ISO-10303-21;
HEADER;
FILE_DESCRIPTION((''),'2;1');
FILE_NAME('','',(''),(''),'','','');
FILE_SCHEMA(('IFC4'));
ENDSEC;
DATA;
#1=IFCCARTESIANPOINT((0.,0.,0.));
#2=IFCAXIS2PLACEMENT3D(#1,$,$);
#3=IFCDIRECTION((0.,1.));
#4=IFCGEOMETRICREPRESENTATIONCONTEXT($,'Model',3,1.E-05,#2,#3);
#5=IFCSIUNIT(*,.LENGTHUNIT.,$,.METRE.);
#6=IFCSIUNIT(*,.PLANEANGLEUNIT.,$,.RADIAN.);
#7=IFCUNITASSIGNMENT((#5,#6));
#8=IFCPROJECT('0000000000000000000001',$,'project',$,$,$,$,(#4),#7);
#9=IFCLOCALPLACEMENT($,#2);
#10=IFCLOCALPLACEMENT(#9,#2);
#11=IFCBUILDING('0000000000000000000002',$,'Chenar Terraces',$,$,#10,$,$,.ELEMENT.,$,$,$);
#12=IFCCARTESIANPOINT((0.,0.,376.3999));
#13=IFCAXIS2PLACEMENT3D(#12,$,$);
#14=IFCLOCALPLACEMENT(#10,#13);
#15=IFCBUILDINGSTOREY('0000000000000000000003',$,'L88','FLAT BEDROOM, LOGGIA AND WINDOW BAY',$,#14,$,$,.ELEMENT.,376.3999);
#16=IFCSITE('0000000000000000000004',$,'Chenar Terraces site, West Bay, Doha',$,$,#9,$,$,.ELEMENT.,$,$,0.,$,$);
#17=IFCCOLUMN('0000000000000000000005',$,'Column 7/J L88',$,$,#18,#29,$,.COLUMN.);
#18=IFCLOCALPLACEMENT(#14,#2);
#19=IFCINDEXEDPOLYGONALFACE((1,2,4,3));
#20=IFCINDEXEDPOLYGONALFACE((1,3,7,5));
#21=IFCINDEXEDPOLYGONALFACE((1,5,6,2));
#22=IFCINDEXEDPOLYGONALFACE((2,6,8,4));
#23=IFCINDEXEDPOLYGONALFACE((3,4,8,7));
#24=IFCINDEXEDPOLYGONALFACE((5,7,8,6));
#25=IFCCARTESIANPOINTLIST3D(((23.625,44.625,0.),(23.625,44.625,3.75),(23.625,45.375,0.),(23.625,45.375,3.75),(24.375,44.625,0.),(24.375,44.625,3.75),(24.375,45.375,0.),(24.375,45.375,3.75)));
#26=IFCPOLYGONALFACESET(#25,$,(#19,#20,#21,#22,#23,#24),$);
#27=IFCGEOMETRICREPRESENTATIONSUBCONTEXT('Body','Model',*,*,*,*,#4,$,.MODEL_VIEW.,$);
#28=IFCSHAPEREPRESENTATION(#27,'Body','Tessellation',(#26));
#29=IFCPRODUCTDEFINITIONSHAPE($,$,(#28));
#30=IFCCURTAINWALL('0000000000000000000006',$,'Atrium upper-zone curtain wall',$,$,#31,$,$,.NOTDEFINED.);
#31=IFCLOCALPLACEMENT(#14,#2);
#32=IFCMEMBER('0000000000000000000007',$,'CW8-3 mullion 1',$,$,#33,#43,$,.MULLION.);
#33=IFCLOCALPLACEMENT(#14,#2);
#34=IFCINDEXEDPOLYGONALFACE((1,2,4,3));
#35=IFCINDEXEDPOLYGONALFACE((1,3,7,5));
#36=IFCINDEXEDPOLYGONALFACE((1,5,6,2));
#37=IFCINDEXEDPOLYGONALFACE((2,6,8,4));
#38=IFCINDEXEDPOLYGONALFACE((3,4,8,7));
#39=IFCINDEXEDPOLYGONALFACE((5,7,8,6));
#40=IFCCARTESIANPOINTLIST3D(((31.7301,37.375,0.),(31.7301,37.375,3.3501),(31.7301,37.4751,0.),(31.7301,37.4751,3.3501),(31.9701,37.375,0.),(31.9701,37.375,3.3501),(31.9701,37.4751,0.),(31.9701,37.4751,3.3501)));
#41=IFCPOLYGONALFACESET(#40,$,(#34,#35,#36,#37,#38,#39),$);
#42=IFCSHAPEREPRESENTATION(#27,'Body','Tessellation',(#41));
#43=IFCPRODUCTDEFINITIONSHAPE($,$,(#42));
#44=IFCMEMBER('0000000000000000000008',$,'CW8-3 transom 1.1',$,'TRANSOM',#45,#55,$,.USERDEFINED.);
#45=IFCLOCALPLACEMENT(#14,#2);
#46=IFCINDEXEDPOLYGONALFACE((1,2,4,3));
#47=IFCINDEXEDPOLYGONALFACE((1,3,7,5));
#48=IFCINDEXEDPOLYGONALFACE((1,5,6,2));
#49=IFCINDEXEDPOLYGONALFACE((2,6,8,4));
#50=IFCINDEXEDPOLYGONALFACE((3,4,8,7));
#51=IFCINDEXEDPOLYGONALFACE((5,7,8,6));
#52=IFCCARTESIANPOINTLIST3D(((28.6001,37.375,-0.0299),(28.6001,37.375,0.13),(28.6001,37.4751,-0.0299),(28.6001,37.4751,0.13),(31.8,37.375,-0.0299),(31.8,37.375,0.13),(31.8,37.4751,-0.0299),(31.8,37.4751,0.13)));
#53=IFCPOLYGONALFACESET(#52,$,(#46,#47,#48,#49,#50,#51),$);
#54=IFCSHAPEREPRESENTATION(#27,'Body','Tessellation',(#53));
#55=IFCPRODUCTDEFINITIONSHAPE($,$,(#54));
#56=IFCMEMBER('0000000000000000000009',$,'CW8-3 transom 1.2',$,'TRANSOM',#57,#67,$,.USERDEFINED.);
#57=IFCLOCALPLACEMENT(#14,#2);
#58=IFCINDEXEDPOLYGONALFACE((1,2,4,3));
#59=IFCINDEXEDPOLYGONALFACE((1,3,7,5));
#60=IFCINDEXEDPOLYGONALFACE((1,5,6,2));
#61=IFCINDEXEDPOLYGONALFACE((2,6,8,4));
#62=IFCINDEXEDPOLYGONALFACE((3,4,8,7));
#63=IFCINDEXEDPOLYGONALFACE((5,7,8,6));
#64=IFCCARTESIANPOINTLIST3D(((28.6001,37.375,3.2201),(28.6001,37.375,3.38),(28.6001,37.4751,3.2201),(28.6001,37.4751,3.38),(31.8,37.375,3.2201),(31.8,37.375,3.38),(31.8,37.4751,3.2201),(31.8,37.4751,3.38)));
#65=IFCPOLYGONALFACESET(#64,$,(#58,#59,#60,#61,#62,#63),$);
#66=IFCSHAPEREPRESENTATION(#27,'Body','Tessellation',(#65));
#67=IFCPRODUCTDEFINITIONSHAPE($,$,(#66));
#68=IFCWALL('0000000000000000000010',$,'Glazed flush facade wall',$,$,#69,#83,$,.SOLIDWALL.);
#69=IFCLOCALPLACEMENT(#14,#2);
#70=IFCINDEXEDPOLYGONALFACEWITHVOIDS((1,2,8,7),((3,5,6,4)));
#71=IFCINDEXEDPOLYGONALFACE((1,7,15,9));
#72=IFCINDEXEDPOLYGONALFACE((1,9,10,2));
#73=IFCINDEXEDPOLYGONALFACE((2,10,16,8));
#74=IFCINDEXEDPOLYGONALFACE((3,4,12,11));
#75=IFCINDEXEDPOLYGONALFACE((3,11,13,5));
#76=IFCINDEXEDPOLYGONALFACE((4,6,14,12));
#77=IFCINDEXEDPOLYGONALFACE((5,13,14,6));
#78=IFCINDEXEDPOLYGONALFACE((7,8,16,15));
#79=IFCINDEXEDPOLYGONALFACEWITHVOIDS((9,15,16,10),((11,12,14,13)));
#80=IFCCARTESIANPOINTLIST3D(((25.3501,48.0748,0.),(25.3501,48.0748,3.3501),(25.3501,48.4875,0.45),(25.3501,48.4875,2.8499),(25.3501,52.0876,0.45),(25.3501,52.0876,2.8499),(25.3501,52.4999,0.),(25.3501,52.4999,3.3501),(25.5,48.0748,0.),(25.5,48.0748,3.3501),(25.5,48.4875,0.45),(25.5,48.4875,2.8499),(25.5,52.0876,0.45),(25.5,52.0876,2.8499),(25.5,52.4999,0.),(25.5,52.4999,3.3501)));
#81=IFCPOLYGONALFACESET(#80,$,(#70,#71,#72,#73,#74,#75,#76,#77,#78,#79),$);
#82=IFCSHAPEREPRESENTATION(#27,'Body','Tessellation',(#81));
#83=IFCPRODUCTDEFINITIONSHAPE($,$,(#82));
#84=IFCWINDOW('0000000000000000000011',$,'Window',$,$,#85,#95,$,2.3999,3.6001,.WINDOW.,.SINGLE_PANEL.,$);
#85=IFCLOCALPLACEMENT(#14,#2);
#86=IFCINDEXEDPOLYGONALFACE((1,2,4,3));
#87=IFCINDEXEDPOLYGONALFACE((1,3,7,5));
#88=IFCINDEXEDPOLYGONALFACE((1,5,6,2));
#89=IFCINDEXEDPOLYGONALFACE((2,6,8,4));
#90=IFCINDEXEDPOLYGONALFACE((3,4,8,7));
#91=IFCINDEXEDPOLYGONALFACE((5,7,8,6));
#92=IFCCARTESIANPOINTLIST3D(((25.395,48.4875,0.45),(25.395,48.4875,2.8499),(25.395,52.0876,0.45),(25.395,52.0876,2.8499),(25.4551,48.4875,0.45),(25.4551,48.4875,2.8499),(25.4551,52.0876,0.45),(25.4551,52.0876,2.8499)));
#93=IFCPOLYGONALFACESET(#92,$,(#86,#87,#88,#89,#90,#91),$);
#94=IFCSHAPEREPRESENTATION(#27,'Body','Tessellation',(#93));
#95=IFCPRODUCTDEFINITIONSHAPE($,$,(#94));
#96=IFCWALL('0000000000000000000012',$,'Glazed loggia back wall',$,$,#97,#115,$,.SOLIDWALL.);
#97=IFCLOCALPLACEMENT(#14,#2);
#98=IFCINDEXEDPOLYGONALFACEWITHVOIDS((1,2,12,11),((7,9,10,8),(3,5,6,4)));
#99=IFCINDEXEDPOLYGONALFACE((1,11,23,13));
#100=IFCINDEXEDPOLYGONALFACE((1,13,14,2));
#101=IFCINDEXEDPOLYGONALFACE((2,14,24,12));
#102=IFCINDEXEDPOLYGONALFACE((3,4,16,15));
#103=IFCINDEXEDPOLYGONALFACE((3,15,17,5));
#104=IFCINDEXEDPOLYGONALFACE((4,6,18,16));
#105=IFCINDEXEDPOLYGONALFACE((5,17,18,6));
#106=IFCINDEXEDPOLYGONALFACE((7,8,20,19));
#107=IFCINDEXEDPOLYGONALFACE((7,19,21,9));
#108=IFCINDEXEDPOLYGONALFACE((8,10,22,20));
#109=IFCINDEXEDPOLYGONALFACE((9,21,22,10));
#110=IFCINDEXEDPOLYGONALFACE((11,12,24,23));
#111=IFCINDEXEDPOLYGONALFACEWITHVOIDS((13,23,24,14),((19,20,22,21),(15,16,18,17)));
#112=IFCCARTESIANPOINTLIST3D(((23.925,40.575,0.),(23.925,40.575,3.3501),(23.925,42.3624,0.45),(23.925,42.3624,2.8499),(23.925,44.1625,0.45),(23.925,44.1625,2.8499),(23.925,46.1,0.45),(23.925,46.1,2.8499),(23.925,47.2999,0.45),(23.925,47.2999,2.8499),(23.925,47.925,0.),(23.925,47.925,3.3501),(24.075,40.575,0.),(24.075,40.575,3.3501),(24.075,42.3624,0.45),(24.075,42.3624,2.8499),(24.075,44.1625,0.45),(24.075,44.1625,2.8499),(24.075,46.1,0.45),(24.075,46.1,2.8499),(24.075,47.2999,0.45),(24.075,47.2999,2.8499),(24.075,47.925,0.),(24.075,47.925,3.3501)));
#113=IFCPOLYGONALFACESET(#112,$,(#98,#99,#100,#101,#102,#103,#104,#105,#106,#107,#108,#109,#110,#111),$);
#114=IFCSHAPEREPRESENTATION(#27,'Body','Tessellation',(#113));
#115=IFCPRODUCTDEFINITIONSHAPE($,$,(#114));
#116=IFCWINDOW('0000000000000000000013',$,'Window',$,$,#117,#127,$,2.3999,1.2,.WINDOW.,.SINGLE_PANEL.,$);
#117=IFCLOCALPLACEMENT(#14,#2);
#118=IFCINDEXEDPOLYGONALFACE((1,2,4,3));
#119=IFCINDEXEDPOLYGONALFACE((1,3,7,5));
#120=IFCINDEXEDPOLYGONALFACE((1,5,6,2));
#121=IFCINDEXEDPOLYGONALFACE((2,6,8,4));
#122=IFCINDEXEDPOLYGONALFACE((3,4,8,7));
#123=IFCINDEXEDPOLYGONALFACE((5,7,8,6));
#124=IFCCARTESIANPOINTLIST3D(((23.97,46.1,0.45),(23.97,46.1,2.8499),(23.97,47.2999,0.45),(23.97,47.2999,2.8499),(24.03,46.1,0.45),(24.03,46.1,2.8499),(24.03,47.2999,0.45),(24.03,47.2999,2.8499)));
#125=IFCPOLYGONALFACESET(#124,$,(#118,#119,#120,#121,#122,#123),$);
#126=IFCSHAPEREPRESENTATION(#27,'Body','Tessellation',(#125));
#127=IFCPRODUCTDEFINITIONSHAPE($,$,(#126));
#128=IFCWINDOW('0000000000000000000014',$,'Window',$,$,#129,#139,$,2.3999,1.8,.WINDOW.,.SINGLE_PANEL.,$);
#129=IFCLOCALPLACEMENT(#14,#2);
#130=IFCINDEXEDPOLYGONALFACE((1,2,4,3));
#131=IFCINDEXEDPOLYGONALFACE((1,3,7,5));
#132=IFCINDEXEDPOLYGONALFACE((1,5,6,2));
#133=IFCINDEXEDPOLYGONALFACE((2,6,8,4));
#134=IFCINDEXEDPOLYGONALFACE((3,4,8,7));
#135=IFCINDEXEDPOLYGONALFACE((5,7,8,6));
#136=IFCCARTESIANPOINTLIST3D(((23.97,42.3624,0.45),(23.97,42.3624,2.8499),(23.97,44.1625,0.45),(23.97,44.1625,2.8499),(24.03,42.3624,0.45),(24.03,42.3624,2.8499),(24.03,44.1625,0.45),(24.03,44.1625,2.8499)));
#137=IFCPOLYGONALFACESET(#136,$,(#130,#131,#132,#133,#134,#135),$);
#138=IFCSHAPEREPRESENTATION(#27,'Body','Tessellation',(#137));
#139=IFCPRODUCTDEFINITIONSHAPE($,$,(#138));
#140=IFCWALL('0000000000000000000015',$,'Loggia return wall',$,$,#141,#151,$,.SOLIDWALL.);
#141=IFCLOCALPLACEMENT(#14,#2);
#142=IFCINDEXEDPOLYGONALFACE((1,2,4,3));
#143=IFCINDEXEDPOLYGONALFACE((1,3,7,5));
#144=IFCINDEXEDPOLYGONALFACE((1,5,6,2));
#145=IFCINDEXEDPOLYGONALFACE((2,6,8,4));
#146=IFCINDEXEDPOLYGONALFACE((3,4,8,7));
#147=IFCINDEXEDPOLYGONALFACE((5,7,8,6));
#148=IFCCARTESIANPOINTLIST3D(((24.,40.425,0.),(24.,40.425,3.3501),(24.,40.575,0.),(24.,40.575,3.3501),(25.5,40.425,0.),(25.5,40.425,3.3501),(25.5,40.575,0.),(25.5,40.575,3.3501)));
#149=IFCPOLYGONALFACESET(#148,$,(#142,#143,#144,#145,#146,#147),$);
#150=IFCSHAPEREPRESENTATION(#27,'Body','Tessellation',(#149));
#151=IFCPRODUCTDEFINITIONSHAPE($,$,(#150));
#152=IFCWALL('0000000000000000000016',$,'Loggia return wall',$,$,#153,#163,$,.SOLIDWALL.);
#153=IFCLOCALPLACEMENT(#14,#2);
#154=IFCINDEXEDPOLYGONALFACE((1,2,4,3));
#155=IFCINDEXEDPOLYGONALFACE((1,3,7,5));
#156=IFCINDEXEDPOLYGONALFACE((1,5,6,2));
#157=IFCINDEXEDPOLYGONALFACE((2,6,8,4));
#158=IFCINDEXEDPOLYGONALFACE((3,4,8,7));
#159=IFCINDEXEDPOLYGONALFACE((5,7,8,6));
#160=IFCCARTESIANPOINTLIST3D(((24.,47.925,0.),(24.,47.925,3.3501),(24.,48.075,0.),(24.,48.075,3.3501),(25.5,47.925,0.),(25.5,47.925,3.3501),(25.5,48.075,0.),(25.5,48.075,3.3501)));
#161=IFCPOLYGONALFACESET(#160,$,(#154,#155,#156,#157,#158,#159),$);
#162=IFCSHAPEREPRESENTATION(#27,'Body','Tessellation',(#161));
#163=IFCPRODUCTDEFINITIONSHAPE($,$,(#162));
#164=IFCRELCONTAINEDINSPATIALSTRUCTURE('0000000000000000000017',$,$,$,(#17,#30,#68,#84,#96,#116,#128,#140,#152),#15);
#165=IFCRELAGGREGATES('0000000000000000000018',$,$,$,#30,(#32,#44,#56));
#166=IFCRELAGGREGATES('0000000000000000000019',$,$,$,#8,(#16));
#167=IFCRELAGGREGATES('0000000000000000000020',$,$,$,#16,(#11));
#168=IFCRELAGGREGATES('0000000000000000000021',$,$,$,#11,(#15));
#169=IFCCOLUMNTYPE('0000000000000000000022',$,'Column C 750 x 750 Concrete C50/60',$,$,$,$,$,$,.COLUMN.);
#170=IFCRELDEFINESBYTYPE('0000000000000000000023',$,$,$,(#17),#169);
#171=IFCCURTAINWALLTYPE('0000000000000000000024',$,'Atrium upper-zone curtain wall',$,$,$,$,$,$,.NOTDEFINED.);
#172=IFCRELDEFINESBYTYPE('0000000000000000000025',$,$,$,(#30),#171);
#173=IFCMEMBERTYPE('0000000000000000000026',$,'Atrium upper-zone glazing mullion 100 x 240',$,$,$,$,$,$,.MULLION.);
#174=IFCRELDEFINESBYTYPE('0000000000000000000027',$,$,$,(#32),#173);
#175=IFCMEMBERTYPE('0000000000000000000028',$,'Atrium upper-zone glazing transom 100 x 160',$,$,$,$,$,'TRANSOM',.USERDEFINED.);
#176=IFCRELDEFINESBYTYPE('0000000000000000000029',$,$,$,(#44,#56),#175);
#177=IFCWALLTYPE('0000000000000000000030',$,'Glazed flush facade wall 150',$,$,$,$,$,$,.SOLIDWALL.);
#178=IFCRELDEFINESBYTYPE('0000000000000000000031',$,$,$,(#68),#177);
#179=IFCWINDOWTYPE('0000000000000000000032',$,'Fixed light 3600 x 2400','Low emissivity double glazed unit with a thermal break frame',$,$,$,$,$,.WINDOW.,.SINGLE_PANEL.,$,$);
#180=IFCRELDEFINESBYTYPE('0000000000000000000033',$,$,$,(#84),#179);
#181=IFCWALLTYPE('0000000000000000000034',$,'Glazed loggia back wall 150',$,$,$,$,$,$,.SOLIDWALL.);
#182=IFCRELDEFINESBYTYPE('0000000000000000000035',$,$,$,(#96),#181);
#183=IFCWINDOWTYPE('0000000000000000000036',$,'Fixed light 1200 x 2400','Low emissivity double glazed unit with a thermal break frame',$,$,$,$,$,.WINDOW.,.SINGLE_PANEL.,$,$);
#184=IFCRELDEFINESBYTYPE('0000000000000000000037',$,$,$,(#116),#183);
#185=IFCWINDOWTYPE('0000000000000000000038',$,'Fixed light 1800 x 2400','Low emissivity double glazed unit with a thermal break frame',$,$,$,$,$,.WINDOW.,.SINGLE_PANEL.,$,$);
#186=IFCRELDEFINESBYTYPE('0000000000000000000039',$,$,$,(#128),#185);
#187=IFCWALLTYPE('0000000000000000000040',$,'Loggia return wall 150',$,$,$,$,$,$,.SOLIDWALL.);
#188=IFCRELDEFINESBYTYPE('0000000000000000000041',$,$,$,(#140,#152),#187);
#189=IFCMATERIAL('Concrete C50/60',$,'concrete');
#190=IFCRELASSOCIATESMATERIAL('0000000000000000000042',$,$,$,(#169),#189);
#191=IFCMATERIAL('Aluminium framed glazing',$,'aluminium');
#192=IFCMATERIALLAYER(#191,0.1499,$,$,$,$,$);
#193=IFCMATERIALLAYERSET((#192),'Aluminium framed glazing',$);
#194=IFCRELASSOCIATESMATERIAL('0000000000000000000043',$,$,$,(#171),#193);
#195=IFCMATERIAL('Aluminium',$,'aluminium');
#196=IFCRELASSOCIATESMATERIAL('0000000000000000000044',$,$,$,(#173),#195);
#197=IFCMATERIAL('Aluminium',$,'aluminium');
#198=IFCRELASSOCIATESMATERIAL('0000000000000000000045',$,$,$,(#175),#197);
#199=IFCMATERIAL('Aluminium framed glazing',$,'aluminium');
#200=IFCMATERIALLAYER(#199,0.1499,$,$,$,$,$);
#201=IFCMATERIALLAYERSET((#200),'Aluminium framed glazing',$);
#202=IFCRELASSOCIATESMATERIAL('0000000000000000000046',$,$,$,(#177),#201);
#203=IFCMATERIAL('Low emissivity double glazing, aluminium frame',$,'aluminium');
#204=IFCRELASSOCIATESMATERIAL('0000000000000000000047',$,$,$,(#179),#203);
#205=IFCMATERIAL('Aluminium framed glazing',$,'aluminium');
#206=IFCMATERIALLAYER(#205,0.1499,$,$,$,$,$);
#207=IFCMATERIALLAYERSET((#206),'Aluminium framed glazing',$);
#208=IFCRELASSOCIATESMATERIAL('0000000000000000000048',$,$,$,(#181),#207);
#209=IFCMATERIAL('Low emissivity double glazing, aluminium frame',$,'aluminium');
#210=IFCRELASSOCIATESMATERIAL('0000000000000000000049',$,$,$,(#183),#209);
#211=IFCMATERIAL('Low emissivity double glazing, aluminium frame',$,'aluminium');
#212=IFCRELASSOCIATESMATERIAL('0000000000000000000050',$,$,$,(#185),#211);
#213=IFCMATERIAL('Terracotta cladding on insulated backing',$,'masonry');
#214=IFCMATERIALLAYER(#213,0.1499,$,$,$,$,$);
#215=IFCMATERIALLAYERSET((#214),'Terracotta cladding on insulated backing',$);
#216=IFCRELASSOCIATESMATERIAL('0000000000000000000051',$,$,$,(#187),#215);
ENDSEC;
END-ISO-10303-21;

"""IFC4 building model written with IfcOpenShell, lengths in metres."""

from ifc_helpers import new_model, si_unit, direction, frame, frame_2d, origin, origin_2d, place, context, subcontext, project, spatial, rectangle, extrude, material, layer, layer_set, material_profile, profile_set, type_object, element, fill, aggregate, save


model = new_model("IFC4")

# Units and contexts
model_context = context("Model", 3, precision=1e-05, world=origin(), true_north=direction((0.0, 1.0)))
body_context = subcontext(model_context, "Body", "Model", "MODEL_VIEW")
ifc_project = project(units=[si_unit("LENGTHUNIT", "METRE"), si_unit("PLANEANGLEUNIT", "RADIAN")], contexts=[model_context])

# Site, building, storey
site_placement = place(None, origin())
site = spatial("IfcSite", under=ifc_project, at=site_placement, Name="Chenar Terraces site, West Bay, Doha", CompositionType="ELEMENT", RefElevation=0.0)
building_placement = place(site_placement, origin())
building = spatial("IfcBuilding", under=site, at=building_placement, Name="Chenar Terraces", CompositionType="ELEMENT")
storey_placement = place(building_placement, frame((0.0, 0.0, 376.3999)))
storey = spatial("IfcBuildingStorey", under=building, at=storey_placement, Name="L88", Description="FLAT BEDROOM, LOGGIA AND WINDOW BAY", CompositionType="ELEMENT", Elevation=376.3999)

# Column
ifc_material_1 = material(Name="Concrete C50/60", Category="concrete")
ifc_material_profile_1 = material_profile(ifc_material_1, rectangle(XDim=0.75, YDim=0.75, at=origin_2d()), Name="C 750 x 750")
ifc_profile_set_1 = profile_set([ifc_material_profile_1], Name="Concrete C50/60")
column_type = type_object("IfcColumnType", Name="Column C 750 x 750 Concrete C50/60", PredefinedType="COLUMN", material=ifc_profile_set_1)
column_placement = place(storey_placement, frame((24.0, 45.0, 0.0), z_axis=(0.0, 0.0, 1.0), x_axis=(1.0, 0.0, 0.0)))
element("IfcColumn", 1, at=column_placement, inside=storey, type_object=column_type, Name="Column 7/J L88", PredefinedType="COLUMN", context=body_context, shape_type="SweptSolid", body=[
    extrude(rectangle(XDim=0.75, YDim=0.75, at=origin_2d()), origin(), (0.0, 0.0, 1.0), 3.75),
])

# Curtain wall, members
ifc_material_2 = material(Name="Aluminium framed glazing", Category="aluminium")
ifc_layer_1 = layer(ifc_material_2, 0.1499)
ifc_layer_set_1 = layer_set([ifc_layer_1], Name="Aluminium framed glazing")
curtain_wall_type = type_object("IfcCurtainWallType", Name="Atrium upper-zone curtain wall", PredefinedType="NOTDEFINED", material=ifc_layer_set_1)
curtain_wall_placement = place(storey_placement, origin())
curtain_wall = element("IfcCurtainWall", 2, at=curtain_wall_placement, inside=storey, type_object=curtain_wall_type, Name="Atrium upper-zone curtain wall", PredefinedType="NOTDEFINED")
ifc_material_3 = material(Name="Aluminium", Category="aluminium")
ifc_material_profile_2 = material_profile(ifc_material_3, rectangle(XDim=0.1001, YDim=0.24, at=origin_2d()), Name="Atrium upper-zone glazing mullion 100 x 240")
ifc_profile_set_2 = profile_set([ifc_material_profile_2], Name="Aluminium")
member_type_1 = type_object("IfcMemberType", Name="Atrium upper-zone glazing mullion 100 x 240", PredefinedType="MULLION", material=ifc_profile_set_2)
member_1_placement = place(storey_placement, frame((31.8501, 37.425, 0.0), z_axis=(0.0, 0.0, 1.0), x_axis=(0.0, -1.0, 0.0)))
member_1 = element("IfcMember", 3, at=member_1_placement, type_object=member_type_1, Name="CW8-3 mullion 1", PredefinedType="MULLION", context=body_context, shape_type="SweptSolid", body=[
    extrude(rectangle(XDim=0.1001, YDim=0.24, at=origin_2d()), origin(), (0.0, 0.0, 1.0), 3.3501),
])
ifc_material_4 = material(Name="Aluminium", Category="aluminium")
ifc_material_profile_3 = material_profile(ifc_material_4, rectangle(XDim=0.1001, YDim=0.1599, at=origin_2d()), Name="Atrium upper-zone glazing transom 100 x 160")
ifc_profile_set_3 = profile_set([ifc_material_profile_3], Name="Aluminium")
member_type_2 = type_object("IfcMemberType", Name="Atrium upper-zone glazing transom 100 x 160", ElementType="TRANSOM", PredefinedType="USERDEFINED", material=ifc_profile_set_3)
member_2_placement = place(storey_placement, frame((31.8, 37.425, 0.05), z_axis=(-1.0, 0.0, 0.0), x_axis=(0.0, -1.0, 0.0)))
member_2 = element("IfcMember", 4, at=member_2_placement, type_object=member_type_2, Name="CW8-3 transom 1.1", ObjectType="TRANSOM", PredefinedType="USERDEFINED", context=body_context, shape_type="SweptSolid", body=[
    extrude(rectangle(XDim=0.1001, YDim=0.1599, at=origin_2d()), origin(), (0.0, 0.0, 1.0), 3.2),
])
member_3_placement = place(storey_placement, frame((31.8, 37.425, 3.3), z_axis=(-1.0, 0.0, 0.0), x_axis=(0.0, -1.0, 0.0)))
member_3 = element("IfcMember", 5, at=member_3_placement, type_object=member_type_2, Name="CW8-3 transom 1.2", ObjectType="TRANSOM", PredefinedType="USERDEFINED", context=body_context, shape_type="SweptSolid", body=[
    extrude(rectangle(XDim=0.1001, YDim=0.1599, at=origin_2d()), origin(), (0.0, 0.0, 1.0), 3.2),
])
aggregate(curtain_wall, [member_1, member_2, member_3])

# Wall, opening, window
ifc_material_5 = material(Name="Aluminium framed glazing", Category="aluminium")
ifc_layer_2 = layer(ifc_material_5, 0.1499)
ifc_layer_set_2 = layer_set([ifc_layer_2], Name="Aluminium framed glazing")
wall_type_1 = type_object("IfcWallType", Name="Glazed flush facade wall 150", PredefinedType="SOLIDWALL", material=ifc_layer_set_2)
wall_1_placement = place(storey_placement, frame((25.425, 48.075, 0.0), z_axis=(0.0, 0.0, 1.0), x_axis=(0.0, 1.0, 0.0)))
wall_1 = element("IfcWall", 6, at=wall_1_placement, inside=storey, type_object=wall_type_1, Name="Glazed flush facade wall", PredefinedType="SOLIDWALL", context=body_context, shape_type="SweptSolid", body=[
    extrude(rectangle(XDim=4.425, YDim=0.1499, at=frame_2d((2.2124, 0.0))), origin(), (0.0, 0.0, 1.0), 3.3501),
])
opening_1_placement = place(wall_1_placement, frame((0.4126, 0.0, 0.45)))
opening_1 = element("IfcOpeningElement", 7, at=opening_1_placement, cuts=wall_1, PredefinedType="OPENING", context=body_context, shape_type="SweptSolid", body=[
    extrude(rectangle(XDim=3.6001, YDim=2.3999, at=frame_2d((1.8, 1.2))), frame((0.0, 0.085, 0.0), z_axis=(0.0, -1.0, 0.0), x_axis=(1.0, 0.0, 0.0)), (0.0, 0.0, 1.0), 0.1699),
])
ifc_material_6 = material(Name="Low emissivity double glazing, aluminium frame", Category="aluminium")
window_type_1 = type_object("IfcWindowType", Name="Fixed light 3600 x 2400", Description="Low emissivity double glazed unit with a thermal break frame", PartitioningType="SINGLE_PANEL", PredefinedType="WINDOW", material=ifc_material_6)
window_1_placement = place(opening_1_placement, origin())
window_1 = element("IfcWindow", 8, at=window_1_placement, inside=storey, type_object=window_type_1, Name="Window", OverallHeight=2.3999, OverallWidth=3.6001, PartitioningType="SINGLE_PANEL", PredefinedType="WINDOW", context=body_context, shape_type="SweptSolid", body=[
    extrude(rectangle(XDim=3.6001, YDim=2.3999, at=frame_2d((1.8, 1.2))), frame((0.0, 0.03, 0.0), z_axis=(0.0, -1.0, 0.0), x_axis=(1.0, 0.0, 0.0)), (0.0, 0.0, 1.0), 0.0601),
])
fill(opening_1, window_1)

# Wall, openings, windows
ifc_material_7 = material(Name="Aluminium framed glazing", Category="aluminium")
ifc_layer_3 = layer(ifc_material_7, 0.1499)
ifc_layer_set_3 = layer_set([ifc_layer_3], Name="Aluminium framed glazing")
wall_type_2 = type_object("IfcWallType", Name="Glazed loggia back wall 150", PredefinedType="SOLIDWALL", material=ifc_layer_set_3)
wall_2_placement = place(storey_placement, frame((24.0, 40.575, 0.0), z_axis=(0.0, 0.0, 1.0), x_axis=(0.0, 1.0, 0.0)))
wall_2 = element("IfcWall", 9, at=wall_2_placement, inside=storey, type_object=wall_type_2, Name="Glazed loggia back wall", PredefinedType="SOLIDWALL", context=body_context, shape_type="SweptSolid", body=[
    extrude(rectangle(XDim=7.3501, YDim=0.1499, at=frame_2d((3.675, 0.0))), origin(), (0.0, 0.0, 1.0), 3.3501),
])
opening_2_placement = place(wall_2_placement, frame((1.7876, 0.0, 0.45)))
opening_2 = element("IfcOpeningElement", 10, at=opening_2_placement, cuts=wall_2, PredefinedType="OPENING", context=body_context, shape_type="SweptSolid", body=[
    extrude(rectangle(XDim=1.8, YDim=2.3999, at=frame_2d((0.8999, 1.2))), frame((0.0, 0.085, 0.0), z_axis=(0.0, -1.0, 0.0), x_axis=(1.0, 0.0, 0.0)), (0.0, 0.0, 1.0), 0.1699),
])
opening_3_placement = place(wall_2_placement, frame((5.5249, 0.0, 0.45)))
opening_3 = element("IfcOpeningElement", 11, at=opening_3_placement, cuts=wall_2, PredefinedType="OPENING", context=body_context, shape_type="SweptSolid", body=[
    extrude(rectangle(XDim=1.2, YDim=2.3999, at=frame_2d((0.6001, 1.2))), frame((0.0, 0.085, 0.0), z_axis=(0.0, -1.0, 0.0), x_axis=(1.0, 0.0, 0.0)), (0.0, 0.0, 1.0), 0.1699),
])
ifc_material_8 = material(Name="Low emissivity double glazing, aluminium frame", Category="aluminium")
window_type_2 = type_object("IfcWindowType", Name="Fixed light 1200 x 2400", Description="Low emissivity double glazed unit with a thermal break frame", PartitioningType="SINGLE_PANEL", PredefinedType="WINDOW", material=ifc_material_8)
window_2_placement = place(opening_3_placement, origin())
window_2 = element("IfcWindow", 12, at=window_2_placement, inside=storey, type_object=window_type_2, Name="Window", OverallHeight=2.3999, OverallWidth=1.2, PartitioningType="SINGLE_PANEL", PredefinedType="WINDOW", context=body_context, shape_type="SweptSolid", body=[
    extrude(rectangle(XDim=1.2, YDim=2.3999, at=frame_2d((0.6001, 1.2))), frame((0.0, 0.03, 0.0), z_axis=(0.0, -1.0, 0.0), x_axis=(1.0, 0.0, 0.0)), (0.0, 0.0, 1.0), 0.0601),
])
fill(opening_3, window_2)
ifc_material_9 = material(Name="Low emissivity double glazing, aluminium frame", Category="aluminium")
window_type_3 = type_object("IfcWindowType", Name="Fixed light 1800 x 2400", Description="Low emissivity double glazed unit with a thermal break frame", PartitioningType="SINGLE_PANEL", PredefinedType="WINDOW", material=ifc_material_9)
window_3_placement = place(opening_2_placement, origin())
window_3 = element("IfcWindow", 13, at=window_3_placement, inside=storey, type_object=window_type_3, Name="Window", OverallHeight=2.3999, OverallWidth=1.8, PartitioningType="SINGLE_PANEL", PredefinedType="WINDOW", context=body_context, shape_type="SweptSolid", body=[
    extrude(rectangle(XDim=1.8, YDim=2.3999, at=frame_2d((0.8999, 1.2))), frame((0.0, 0.03, 0.0), z_axis=(0.0, -1.0, 0.0), x_axis=(1.0, 0.0, 0.0)), (0.0, 0.0, 1.0), 0.0601),
])
fill(opening_2, window_3)

# Walls
ifc_material_10 = material(Name="Terracotta cladding on insulated backing", Category="masonry")
ifc_layer_4 = layer(ifc_material_10, 0.1499)
ifc_layer_set_4 = layer_set([ifc_layer_4], Name="Terracotta cladding on insulated backing")
wall_type_3 = type_object("IfcWallType", Name="Loggia return wall 150", PredefinedType="SOLIDWALL", material=ifc_layer_set_4)
for number, where, z_axis, x_axis, name in (
    (14, (25.5, 40.5, 0.0), (0.0, 0.0, 1.0), (-1.0, 0.0, 0.0), "Loggia return wall"),
    (15, (25.5, 48.0, 0.0), (0.0, 0.0, 1.0), (-1.0, 0.0, 0.0), "Loggia return wall"),
):
    element("IfcWall", number, at=place(storey_placement, frame(where, z_axis=z_axis, x_axis=x_axis)), inside=storey, type_object=wall_type_3, Name=name, PredefinedType="SOLIDWALL", context=body_context, shape_type="SweptSolid", body=[
        extrude(rectangle(XDim=1.5, YDim=0.1499, at=frame_2d((0.75, 0.0))), origin(), (0.0, 0.0, 1.0), 3.3501),
    ])

save(model, "model.ifc")
